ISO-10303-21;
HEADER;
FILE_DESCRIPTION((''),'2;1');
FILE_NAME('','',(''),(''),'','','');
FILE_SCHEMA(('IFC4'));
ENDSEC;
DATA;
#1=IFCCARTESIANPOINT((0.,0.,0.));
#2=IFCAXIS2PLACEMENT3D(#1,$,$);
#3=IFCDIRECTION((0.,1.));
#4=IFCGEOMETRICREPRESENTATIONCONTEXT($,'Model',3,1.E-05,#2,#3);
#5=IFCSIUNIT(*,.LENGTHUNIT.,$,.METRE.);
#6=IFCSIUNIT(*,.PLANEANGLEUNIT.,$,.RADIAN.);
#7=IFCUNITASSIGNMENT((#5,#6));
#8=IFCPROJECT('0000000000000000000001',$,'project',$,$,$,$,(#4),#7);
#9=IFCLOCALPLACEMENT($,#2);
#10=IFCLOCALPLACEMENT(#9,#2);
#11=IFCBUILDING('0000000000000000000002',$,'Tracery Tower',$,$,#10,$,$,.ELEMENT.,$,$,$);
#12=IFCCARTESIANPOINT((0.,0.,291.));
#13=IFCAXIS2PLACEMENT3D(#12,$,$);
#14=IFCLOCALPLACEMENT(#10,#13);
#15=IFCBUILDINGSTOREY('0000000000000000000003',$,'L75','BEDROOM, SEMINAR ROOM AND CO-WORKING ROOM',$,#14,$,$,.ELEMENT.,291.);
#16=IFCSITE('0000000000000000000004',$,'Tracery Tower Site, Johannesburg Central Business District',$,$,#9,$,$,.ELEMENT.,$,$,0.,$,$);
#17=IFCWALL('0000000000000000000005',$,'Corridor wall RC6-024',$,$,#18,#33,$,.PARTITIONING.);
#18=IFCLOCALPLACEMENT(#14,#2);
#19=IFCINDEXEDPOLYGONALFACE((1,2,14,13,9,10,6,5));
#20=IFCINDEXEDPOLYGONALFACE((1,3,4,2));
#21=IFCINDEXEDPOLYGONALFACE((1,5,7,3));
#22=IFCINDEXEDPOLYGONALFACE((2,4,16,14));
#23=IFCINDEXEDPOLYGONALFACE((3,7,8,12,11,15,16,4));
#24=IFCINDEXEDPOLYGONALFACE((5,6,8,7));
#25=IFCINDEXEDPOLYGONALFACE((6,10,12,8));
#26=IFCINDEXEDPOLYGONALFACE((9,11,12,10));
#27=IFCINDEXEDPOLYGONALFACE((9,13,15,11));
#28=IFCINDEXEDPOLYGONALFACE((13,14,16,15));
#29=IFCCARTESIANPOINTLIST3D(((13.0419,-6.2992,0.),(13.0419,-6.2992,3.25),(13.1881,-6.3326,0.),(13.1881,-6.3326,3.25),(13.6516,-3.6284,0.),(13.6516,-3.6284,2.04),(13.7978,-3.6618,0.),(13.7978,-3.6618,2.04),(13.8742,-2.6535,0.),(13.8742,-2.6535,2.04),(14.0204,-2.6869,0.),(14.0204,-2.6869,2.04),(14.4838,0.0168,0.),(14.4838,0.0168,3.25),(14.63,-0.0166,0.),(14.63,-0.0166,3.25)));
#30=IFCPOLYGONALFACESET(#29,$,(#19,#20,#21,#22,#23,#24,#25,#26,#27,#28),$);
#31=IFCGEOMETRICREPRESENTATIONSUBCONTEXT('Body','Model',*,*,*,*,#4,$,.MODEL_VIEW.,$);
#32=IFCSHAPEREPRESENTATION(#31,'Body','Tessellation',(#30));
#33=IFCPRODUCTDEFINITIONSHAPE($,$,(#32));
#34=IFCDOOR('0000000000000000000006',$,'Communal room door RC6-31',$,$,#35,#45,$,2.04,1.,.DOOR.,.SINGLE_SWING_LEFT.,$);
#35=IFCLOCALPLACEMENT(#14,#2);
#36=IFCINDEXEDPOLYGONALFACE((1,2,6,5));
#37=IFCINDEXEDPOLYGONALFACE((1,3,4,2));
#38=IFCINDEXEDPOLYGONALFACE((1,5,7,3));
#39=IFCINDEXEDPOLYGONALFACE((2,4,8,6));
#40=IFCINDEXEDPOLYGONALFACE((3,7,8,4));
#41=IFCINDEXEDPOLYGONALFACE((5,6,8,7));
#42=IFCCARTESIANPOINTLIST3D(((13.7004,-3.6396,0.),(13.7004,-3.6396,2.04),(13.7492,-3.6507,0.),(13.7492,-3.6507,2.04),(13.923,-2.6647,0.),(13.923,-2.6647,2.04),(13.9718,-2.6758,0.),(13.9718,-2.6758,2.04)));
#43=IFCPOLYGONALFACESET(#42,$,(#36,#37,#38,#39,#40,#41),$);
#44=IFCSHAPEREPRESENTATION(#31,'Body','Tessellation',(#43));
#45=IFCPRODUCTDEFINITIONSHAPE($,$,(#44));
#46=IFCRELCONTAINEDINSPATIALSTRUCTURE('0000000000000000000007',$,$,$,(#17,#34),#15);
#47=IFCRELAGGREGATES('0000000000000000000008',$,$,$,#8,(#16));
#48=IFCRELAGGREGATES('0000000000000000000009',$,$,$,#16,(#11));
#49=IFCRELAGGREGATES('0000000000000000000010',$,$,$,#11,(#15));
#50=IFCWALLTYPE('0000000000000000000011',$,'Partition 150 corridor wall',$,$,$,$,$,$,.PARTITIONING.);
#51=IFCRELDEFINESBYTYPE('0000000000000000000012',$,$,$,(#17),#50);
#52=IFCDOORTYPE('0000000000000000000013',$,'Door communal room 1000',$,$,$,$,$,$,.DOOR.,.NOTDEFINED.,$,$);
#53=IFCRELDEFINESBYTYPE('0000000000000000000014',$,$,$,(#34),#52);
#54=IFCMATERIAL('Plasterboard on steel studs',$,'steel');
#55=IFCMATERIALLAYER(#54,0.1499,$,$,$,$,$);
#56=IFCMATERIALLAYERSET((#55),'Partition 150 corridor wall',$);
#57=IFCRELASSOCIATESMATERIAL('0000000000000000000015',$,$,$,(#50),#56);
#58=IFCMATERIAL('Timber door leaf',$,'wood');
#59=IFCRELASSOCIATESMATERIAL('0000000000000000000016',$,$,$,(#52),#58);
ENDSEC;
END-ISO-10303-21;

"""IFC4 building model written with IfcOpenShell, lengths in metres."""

from ifc_helpers import new_model, si_unit, direction, frame, frame_2d, origin, place, context, subcontext, project, spatial, rectangle, extrude, material, layer, layer_set, type_object, element, fill, save


model = new_model("IFC4")

# Units and contexts
model_context = context("Model", 3, precision=1e-05, world=origin(), true_north=direction((0.0, 1.0)))
body_context = subcontext(model_context, "Body", "Model", "MODEL_VIEW")
ifc_project = project(units=[si_unit("LENGTHUNIT", "METRE"), si_unit("PLANEANGLEUNIT", "RADIAN")], contexts=[model_context])

# Site, building, storey
site_placement = place(None, origin())
site = spatial("IfcSite", under=ifc_project, at=site_placement, Name="Tracery Tower Site, Johannesburg Central Business District", CompositionType="ELEMENT", RefElevation=0.0)
building_placement = place(site_placement, origin())
building = spatial("IfcBuilding", under=site, at=building_placement, Name="Tracery Tower", CompositionType="ELEMENT")
storey_placement = place(building_placement, frame((0.0, 0.0, 291.0)))
storey = spatial("IfcBuildingStorey", under=building, at=storey_placement, Name="L75", Description="BEDROOM, SEMINAR ROOM AND CO-WORKING ROOM", CompositionType="ELEMENT", Elevation=291.0)

# Shared definitions
ifc_material_1 = material(Name="Plasterboard on steel studs", Category="steel")
ifc_layer_1 = layer(ifc_material_1, 0.1499)
ifc_layer_set_1 = layer_set([ifc_layer_1], Name="Partition 150 corridor wall")
wall_type_1 = type_object("IfcWallType", Name="Partition 150 corridor wall", PredefinedType="PARTITIONING", material=ifc_layer_set_1)

# Wall, opening, door
wall_1_placement = place(storey_placement, frame((13.115, -6.3159, 0.0), z_axis=(0.0, 0.0, 1.0), x_axis=(0.222569, 0.974917, 0.0)))
wall_1 = element("IfcWall", 1, at=wall_1_placement, inside=storey, type_object=wall_type_1, Name="Corridor wall RC6-024", PredefinedType="PARTITIONING", context=body_context, shape_type="SweptSolid", body=[
    extrude(rectangle(XDim=6.4785, YDim=0.1499, at=frame_2d((3.2393, 0.0))), origin(), (0.0, 0.0, 1.0), 3.25),
])
opening_1_placement = place(wall_1_placement, frame((2.7395, 0.0, 0.0)))
opening_1 = element("IfcOpeningElement", 2, at=opening_1_placement, cuts=wall_1, PredefinedType="OPENING", context=body_context, shape_type="SweptSolid", body=[
    extrude(rectangle(XDim=1.0, YDim=2.04, at=frame_2d((0.5, 1.02))), frame((0.0, 0.075, 0.0), z_axis=(0.0, -1.0, 0.0), x_axis=(1.0, 0.0, 0.0)), (0.0, 0.0, 1.0), 0.1499),
])
ifc_material_2 = material(Name="Timber door leaf", Category="wood")
door_type_1 = type_object("IfcDoorType", Name="Door communal room 1000", OperationType="NOTDEFINED", PredefinedType="DOOR", material=ifc_material_2)
door_1_placement = place(opening_1_placement, origin())
door_1 = element("IfcDoor", 3, at=door_1_placement, inside=storey, type_object=door_type_1, Name="Communal room door RC6-31", OperationType="SINGLE_SWING_LEFT", OverallHeight=2.04, OverallWidth=1.0, PredefinedType="DOOR", context=body_context, shape_type="SweptSolid", body=[
    extrude(rectangle(XDim=1.0, YDim=2.04, at=frame_2d((0.5, 1.02))), frame((0.0, 0.0249, 0.0), z_axis=(0.0, -1.0, 0.0), x_axis=(1.0, 0.0, 0.0)), (0.0, 0.0, 1.0), 0.05),
])
fill(opening_1, door_1)

save(model, "model.ifc")
